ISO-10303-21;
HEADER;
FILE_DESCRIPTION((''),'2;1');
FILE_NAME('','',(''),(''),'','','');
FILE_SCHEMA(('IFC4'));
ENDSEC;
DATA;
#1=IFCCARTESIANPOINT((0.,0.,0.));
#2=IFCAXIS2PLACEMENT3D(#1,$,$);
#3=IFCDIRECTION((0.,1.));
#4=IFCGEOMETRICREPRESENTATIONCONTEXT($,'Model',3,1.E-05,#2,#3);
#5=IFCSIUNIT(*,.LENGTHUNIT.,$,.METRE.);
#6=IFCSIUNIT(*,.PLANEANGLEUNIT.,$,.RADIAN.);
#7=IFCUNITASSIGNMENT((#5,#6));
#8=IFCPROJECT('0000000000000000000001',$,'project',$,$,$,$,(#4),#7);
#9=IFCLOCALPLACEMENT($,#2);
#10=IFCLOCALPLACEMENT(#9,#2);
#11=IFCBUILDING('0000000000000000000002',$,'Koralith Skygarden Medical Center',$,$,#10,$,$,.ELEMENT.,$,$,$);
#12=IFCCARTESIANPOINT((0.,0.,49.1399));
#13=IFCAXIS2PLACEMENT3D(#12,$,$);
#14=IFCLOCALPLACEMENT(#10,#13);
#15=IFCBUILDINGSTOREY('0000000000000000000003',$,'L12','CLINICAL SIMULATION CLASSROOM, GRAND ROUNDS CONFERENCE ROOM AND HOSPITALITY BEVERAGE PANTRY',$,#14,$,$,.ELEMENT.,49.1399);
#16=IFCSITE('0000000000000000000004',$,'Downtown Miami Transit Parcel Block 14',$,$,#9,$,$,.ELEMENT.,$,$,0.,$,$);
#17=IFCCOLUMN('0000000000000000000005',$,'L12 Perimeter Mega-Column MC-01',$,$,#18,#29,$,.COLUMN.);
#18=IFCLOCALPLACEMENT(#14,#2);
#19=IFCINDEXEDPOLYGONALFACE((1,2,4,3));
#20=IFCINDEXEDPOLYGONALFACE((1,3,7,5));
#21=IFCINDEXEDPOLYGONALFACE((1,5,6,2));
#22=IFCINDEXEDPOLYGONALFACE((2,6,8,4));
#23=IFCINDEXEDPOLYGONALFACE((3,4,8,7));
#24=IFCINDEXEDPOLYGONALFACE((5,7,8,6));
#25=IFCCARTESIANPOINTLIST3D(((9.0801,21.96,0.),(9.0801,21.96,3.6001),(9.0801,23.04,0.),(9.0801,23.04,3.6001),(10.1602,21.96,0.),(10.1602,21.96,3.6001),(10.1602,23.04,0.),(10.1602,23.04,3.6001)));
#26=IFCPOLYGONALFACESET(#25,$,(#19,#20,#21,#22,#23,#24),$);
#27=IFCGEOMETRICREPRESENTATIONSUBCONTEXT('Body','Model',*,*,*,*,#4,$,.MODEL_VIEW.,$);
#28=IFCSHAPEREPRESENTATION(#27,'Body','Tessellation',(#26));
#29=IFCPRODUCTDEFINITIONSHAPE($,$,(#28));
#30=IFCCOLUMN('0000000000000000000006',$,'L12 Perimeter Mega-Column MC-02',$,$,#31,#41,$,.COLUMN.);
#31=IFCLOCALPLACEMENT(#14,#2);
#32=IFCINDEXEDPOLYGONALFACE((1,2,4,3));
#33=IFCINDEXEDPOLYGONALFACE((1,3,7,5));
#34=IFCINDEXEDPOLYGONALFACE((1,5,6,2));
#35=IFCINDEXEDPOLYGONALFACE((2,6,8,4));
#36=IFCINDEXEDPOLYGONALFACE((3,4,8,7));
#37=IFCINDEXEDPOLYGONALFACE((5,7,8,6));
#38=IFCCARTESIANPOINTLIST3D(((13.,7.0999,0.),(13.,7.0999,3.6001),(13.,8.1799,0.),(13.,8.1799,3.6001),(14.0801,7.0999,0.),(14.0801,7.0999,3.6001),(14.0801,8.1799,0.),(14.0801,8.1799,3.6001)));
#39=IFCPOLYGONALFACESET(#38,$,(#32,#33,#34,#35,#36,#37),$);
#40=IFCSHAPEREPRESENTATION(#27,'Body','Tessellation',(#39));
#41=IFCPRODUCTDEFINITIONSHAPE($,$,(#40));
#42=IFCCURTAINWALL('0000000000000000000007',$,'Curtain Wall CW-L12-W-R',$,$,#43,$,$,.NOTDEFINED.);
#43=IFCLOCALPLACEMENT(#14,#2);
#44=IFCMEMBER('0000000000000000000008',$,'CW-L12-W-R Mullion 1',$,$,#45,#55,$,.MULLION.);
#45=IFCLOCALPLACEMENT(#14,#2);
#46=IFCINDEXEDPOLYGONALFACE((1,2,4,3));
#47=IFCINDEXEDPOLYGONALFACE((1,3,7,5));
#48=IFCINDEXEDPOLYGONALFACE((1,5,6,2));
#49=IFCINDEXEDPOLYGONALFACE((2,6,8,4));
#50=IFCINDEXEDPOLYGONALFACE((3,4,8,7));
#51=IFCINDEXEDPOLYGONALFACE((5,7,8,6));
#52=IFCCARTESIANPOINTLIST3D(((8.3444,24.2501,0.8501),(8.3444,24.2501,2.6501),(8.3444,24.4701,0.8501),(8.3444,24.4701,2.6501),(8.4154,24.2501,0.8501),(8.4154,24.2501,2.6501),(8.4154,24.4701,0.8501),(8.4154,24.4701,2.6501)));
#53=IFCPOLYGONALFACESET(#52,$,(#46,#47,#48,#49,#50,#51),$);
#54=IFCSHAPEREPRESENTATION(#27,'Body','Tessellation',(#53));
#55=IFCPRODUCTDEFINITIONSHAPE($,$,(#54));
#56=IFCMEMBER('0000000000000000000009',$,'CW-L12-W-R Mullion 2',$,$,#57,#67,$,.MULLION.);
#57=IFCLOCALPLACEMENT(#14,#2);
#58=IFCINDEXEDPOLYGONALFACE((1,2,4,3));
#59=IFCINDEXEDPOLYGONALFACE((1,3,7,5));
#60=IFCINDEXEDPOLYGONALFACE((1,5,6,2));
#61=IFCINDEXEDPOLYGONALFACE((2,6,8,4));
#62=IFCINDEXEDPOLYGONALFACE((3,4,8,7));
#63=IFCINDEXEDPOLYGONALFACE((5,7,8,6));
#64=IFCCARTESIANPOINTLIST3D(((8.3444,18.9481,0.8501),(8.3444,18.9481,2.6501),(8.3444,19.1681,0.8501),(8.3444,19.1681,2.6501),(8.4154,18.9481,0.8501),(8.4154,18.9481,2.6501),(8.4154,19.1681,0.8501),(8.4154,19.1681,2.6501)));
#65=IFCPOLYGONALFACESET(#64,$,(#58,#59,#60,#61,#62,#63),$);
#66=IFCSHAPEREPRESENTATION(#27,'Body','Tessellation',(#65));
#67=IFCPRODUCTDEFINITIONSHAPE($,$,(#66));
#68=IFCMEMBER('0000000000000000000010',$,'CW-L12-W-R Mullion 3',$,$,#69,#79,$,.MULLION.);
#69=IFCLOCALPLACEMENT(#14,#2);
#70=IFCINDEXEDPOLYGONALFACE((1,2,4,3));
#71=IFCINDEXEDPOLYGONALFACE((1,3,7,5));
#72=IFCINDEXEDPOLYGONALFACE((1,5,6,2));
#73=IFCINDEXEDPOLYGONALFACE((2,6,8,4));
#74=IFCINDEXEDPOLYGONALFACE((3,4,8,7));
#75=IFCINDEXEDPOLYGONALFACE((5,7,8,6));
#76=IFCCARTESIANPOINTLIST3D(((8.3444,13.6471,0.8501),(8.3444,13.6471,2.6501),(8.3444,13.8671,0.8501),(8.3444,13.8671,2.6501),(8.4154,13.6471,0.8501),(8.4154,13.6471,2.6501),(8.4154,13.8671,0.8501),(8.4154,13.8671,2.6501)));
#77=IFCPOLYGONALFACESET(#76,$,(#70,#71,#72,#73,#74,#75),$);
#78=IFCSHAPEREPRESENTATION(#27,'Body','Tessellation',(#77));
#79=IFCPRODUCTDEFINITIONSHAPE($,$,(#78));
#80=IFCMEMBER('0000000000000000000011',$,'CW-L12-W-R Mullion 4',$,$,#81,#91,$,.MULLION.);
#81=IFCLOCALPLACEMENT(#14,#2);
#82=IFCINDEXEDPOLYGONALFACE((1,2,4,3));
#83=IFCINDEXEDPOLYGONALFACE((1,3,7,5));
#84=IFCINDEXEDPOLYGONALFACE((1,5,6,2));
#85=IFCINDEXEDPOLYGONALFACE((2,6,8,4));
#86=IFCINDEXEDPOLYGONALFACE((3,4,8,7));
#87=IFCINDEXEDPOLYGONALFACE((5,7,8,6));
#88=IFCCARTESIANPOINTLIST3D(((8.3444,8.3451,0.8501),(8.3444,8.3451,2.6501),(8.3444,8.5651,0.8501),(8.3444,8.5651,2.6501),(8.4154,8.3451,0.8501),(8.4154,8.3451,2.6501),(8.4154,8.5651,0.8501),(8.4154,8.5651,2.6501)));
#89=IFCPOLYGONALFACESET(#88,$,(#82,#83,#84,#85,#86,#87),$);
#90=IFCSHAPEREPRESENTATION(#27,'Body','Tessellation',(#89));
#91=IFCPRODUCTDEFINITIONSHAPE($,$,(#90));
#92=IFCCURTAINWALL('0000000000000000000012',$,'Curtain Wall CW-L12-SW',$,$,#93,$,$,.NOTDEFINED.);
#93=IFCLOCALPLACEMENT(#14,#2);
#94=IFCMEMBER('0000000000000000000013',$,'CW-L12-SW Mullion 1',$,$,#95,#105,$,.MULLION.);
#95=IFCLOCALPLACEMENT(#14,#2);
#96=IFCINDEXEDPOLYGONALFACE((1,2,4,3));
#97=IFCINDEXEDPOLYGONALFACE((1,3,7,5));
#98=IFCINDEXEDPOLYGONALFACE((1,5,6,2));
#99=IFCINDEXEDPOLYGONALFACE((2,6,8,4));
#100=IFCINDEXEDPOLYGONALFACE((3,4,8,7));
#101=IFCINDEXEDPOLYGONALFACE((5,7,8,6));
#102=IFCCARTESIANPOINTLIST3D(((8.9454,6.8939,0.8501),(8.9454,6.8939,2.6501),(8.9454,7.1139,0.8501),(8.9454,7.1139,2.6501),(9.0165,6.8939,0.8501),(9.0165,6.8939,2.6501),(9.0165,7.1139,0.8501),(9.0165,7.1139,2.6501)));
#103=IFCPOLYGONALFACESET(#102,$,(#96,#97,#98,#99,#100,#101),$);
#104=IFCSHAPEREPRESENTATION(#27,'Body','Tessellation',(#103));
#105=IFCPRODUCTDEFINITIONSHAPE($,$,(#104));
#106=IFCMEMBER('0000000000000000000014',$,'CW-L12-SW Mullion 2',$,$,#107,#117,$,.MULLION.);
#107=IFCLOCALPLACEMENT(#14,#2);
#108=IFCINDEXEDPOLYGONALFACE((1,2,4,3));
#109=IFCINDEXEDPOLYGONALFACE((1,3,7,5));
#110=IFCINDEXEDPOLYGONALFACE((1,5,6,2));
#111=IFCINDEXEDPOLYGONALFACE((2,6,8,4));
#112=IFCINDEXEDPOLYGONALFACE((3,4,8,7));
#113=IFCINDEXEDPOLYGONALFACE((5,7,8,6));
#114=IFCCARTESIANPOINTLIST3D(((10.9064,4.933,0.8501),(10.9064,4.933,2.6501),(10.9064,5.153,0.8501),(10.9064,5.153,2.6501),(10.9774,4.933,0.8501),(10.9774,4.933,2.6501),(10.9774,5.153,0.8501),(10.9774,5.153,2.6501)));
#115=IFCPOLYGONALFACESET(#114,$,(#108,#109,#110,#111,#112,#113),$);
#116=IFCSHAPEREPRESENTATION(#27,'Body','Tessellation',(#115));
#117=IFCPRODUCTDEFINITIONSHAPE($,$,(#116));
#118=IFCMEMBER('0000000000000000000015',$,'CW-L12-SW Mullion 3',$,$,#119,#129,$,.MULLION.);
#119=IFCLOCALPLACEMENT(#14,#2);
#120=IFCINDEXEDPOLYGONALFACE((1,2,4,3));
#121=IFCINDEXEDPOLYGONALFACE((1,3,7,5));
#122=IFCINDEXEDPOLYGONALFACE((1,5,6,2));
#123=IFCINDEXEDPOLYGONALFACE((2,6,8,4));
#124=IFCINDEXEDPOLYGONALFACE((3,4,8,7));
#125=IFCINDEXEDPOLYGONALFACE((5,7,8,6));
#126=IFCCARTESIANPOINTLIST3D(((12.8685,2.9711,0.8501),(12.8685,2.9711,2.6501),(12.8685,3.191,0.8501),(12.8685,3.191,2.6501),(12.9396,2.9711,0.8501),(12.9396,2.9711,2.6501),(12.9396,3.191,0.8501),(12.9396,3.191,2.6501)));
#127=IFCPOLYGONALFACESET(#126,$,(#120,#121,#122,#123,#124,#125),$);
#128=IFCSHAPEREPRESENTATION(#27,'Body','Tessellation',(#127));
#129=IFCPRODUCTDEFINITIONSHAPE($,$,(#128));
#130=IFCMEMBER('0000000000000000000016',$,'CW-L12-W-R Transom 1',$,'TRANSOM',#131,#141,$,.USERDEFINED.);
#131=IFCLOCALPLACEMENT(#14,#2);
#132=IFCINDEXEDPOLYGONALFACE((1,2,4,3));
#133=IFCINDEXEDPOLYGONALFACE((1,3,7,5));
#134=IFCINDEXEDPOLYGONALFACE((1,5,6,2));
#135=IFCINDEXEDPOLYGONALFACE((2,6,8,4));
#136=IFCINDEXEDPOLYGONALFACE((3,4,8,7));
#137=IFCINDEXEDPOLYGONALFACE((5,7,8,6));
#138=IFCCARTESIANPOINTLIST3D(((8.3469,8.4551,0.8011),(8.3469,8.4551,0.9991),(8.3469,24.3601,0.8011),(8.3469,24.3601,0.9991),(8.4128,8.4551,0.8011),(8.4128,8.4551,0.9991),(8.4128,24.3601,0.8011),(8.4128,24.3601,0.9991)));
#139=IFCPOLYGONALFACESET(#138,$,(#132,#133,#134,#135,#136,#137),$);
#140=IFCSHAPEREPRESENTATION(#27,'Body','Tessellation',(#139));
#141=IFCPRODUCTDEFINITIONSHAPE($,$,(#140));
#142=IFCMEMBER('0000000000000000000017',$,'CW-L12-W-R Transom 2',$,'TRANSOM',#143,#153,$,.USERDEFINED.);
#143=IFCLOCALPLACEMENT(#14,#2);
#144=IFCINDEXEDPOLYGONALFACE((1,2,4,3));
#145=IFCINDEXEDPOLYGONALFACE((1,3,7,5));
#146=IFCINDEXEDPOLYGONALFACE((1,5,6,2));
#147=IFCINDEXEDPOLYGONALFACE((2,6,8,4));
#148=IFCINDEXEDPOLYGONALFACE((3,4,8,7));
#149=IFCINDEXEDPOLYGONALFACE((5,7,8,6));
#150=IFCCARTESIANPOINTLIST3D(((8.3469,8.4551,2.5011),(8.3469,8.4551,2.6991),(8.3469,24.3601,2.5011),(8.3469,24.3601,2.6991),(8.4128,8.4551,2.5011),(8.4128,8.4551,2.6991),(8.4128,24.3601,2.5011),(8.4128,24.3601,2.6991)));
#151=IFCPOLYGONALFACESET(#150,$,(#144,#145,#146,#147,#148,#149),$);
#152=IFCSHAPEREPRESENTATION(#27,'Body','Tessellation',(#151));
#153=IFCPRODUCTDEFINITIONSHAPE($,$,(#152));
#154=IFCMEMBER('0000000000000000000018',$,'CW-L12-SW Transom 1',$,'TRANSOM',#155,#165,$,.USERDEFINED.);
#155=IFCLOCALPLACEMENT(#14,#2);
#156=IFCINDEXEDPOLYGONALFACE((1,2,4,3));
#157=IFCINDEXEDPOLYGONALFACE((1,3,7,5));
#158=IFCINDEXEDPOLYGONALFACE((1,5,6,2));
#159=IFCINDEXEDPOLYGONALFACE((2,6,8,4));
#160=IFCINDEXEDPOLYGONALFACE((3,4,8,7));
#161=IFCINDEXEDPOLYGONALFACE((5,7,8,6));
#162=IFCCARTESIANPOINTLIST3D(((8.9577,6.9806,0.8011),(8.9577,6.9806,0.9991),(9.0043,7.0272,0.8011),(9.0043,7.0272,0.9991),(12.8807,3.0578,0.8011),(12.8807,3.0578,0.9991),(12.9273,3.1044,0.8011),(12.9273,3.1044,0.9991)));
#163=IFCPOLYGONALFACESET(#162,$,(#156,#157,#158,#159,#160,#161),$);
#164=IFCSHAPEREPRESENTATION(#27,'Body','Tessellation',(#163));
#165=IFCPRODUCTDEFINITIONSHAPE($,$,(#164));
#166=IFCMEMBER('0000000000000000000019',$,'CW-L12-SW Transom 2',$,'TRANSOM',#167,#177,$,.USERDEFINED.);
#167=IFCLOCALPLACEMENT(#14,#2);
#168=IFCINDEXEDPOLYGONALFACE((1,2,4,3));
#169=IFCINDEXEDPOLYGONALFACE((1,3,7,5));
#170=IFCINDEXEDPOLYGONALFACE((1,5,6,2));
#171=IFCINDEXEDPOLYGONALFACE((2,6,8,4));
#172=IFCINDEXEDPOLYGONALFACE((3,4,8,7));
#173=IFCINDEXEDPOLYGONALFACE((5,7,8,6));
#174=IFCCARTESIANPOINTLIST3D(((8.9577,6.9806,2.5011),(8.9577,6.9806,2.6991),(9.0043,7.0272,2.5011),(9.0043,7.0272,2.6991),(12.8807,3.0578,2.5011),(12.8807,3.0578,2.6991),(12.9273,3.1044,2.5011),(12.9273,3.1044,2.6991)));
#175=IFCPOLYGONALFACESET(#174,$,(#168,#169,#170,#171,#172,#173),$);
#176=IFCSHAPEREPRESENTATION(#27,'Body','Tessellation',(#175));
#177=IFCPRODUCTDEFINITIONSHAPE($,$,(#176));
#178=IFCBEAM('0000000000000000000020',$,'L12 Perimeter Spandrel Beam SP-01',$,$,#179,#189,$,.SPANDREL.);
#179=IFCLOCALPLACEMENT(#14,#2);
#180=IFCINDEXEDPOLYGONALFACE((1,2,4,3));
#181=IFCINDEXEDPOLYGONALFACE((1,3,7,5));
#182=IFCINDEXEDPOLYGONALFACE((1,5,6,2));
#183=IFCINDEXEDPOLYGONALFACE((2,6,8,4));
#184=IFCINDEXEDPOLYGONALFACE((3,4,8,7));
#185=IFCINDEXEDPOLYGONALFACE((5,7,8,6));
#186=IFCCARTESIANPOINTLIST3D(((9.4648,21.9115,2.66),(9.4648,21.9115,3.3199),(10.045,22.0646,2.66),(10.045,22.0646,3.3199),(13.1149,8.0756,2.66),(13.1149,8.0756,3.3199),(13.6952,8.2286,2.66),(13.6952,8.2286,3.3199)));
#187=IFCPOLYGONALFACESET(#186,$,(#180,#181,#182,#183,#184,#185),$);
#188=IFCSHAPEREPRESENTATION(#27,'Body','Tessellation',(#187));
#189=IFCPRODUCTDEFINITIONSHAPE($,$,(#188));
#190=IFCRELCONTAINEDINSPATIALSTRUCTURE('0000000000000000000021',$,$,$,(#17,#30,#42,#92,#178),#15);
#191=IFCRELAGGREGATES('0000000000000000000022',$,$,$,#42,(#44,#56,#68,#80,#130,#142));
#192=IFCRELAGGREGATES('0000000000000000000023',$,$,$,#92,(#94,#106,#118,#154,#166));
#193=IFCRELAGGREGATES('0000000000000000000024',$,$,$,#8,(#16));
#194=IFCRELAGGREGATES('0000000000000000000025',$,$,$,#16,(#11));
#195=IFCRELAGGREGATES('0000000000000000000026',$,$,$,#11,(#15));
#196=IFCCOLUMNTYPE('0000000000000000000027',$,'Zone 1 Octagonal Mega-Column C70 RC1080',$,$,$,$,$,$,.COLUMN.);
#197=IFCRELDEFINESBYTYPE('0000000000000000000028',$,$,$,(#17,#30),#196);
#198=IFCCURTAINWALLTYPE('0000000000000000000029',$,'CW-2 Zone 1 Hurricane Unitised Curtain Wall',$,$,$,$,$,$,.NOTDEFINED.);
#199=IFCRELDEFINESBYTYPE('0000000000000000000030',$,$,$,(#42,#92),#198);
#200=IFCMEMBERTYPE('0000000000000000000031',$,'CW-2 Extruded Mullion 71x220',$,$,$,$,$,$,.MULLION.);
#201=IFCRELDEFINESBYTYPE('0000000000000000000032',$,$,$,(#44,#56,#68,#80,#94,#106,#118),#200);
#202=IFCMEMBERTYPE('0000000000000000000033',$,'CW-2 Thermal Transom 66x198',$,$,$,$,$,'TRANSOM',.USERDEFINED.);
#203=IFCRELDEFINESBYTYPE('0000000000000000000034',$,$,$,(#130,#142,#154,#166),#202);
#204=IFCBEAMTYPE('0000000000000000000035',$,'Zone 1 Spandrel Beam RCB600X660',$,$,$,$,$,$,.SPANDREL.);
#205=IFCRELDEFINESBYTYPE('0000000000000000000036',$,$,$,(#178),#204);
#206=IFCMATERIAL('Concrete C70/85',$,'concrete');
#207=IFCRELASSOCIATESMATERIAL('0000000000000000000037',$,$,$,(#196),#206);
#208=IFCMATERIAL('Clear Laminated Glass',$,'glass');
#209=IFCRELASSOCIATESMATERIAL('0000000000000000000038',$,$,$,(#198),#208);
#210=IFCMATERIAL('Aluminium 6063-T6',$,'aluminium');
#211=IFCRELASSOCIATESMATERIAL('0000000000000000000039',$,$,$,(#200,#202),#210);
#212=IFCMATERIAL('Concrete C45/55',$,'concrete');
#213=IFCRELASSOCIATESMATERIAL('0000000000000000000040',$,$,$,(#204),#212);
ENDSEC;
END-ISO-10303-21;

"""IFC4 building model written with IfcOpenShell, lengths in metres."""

from ifc_helpers import new_model, si_unit, direction, frame, origin, origin_2d, place, context, subcontext, project, spatial, rectangle, extrude, material, material_profile, profile_set, type_object, element, aggregate, save


model = new_model("IFC4")

# Units and contexts
model_context = context("Model", 3, precision=1e-05, world=origin(), true_north=direction((0.0, 1.0)))
body_context = subcontext(model_context, "Body", "Model", "MODEL_VIEW")
ifc_project = project(units=[si_unit("LENGTHUNIT", "METRE"), si_unit("PLANEANGLEUNIT", "RADIAN")], contexts=[model_context])

# Site, building, storey
site_placement = place(None, origin())
site = spatial("IfcSite", under=ifc_project, at=site_placement, Name="Downtown Miami Transit Parcel Block 14", CompositionType="ELEMENT", RefElevation=0.0)
building_placement = place(site_placement, origin())
building = spatial("IfcBuilding", under=site, at=building_placement, Name="Koralith Skygarden Medical Center", CompositionType="ELEMENT")
storey_placement = place(building_placement, frame((0.0, 0.0, 49.1399)))
storey = spatial("IfcBuildingStorey", under=building, at=storey_placement, Name="L12", Description="CLINICAL SIMULATION CLASSROOM, GRAND ROUNDS CONFERENCE ROOM AND HOSPITALITY BEVERAGE PANTRY", CompositionType="ELEMENT", Elevation=49.1399)

# Columns
ifc_material_1 = material(Name="Concrete C70/85", Category="concrete")
ifc_material_profile_1 = material_profile(ifc_material_1, rectangle(XDim=1.0801, YDim=1.0801, at=origin_2d()), Name="RC1080X1080")
ifc_profile_set_1 = profile_set([ifc_material_profile_1], Name="Concrete C70/85")
column_type = type_object("IfcColumnType", Name="Zone 1 Octagonal Mega-Column C70 RC1080", PredefinedType="COLUMN", material=ifc_profile_set_1)
for number, where, z_axis, x_axis, name in (
    (1, (9.6201, 22.5, 0.0), (0.0, 0.0, 1.0), (1.0, 0.0, 0.0), "L12 Perimeter Mega-Column MC-01"),
    (2, (13.54, 7.6399, 0.0), (0.0, 0.0, 1.0), (1.0, 0.0, 0.0), "L12 Perimeter Mega-Column MC-02"),
):
    element("IfcColumn", number, at=place(storey_placement, frame(where, z_axis=z_axis, x_axis=x_axis)), inside=storey, type_object=column_type, Name=name, PredefinedType="COLUMN", context=body_context, shape_type="SweptSolid", body=[
        extrude(rectangle(XDim=1.0801, YDim=1.0801, at=origin_2d()), origin(), (0.0, 0.0, 1.0), 3.6001),
    ])

# Curtain walls, members
ifc_material_2 = material(Name="Clear Laminated Glass", Category="glass")
curtain_wall_type = type_object("IfcCurtainWallType", Name="CW-2 Zone 1 Hurricane Unitised Curtain Wall", PredefinedType="NOTDEFINED", material=ifc_material_2)
curtain_wall_1_placement = place(storey_placement, origin())
curtain_wall_1 = element("IfcCurtainWall", 3, at=curtain_wall_1_placement, inside=storey, type_object=curtain_wall_type, Name="Curtain Wall CW-L12-W-R", PredefinedType="NOTDEFINED")
ifc_material_3 = material(Name="Aluminium 6063-T6", Category="aluminium")
ifc_material_profile_2 = material_profile(ifc_material_3, rectangle(XDim=0.071, YDim=0.22, at=origin_2d()), Name="MUL71X220")
ifc_profile_set_2 = profile_set([ifc_material_profile_2], Name="Aluminium 6063-T6")
member_type_1 = type_object("IfcMemberType", Name="CW-2 Extruded Mullion 71x220", PredefinedType="MULLION", material=ifc_profile_set_2)
member_1_placement = place(storey_placement, frame((8.3799, 24.3601, 0.8501), z_axis=(0.0, 0.0, 1.0), x_axis=(1.0, 0.0, 0.0)))
member_1 = element("IfcMember", 4, at=member_1_placement, type_object=member_type_1, Name="CW-L12-W-R Mullion 1", PredefinedType="MULLION", context=body_context, shape_type="SweptSolid", body=[
    extrude(rectangle(XDim=0.071, YDim=0.22, at=origin_2d()), origin(), (0.0, 0.0, 1.0), 1.8),
])
member_2_placement = place(storey_placement, frame((8.3799, 19.0581, 0.8501), z_axis=(0.0, 0.0, 1.0), x_axis=(1.0, 0.0, 0.0)))
member_2 = element("IfcMember", 5, at=member_2_placement, type_object=member_type_1, Name="CW-L12-W-R Mullion 2", PredefinedType="MULLION", context=body_context, shape_type="SweptSolid", body=[
    extrude(rectangle(XDim=0.071, YDim=0.22, at=origin_2d()), origin(), (0.0, 0.0, 1.0), 1.8),
])
member_3_placement = place(storey_placement, frame((8.3799, 13.7571, 0.8501), z_axis=(0.0, 0.0, 1.0), x_axis=(1.0, 0.0, 0.0)))
member_3 = element("IfcMember", 6, at=member_3_placement, type_object=member_type_1, Name="CW-L12-W-R Mullion 3", PredefinedType="MULLION", context=body_context, shape_type="SweptSolid", body=[
    extrude(rectangle(XDim=0.071, YDim=0.22, at=origin_2d()), origin(), (0.0, 0.0, 1.0), 1.8),
])
member_4_placement = place(storey_placement, frame((8.3799, 8.4551, 0.8501), z_axis=(0.0, 0.0, 1.0), x_axis=(1.0, 0.0, 0.0)))
member_4 = element("IfcMember", 7, at=member_4_placement, type_object=member_type_1, Name="CW-L12-W-R Mullion 4", PredefinedType="MULLION", context=body_context, shape_type="SweptSolid", body=[
    extrude(rectangle(XDim=0.071, YDim=0.22, at=origin_2d()), origin(), (0.0, 0.0, 1.0), 1.8),
])
curtain_wall_2_placement = place(storey_placement, origin())
curtain_wall_2 = element("IfcCurtainWall", 8, at=curtain_wall_2_placement, inside=storey, type_object=curtain_wall_type, Name="Curtain Wall CW-L12-SW", PredefinedType="NOTDEFINED")
member_5_placement = place(storey_placement, frame((8.981, 7.0039, 0.8501), z_axis=(0.0, 0.0, 1.0), x_axis=(1.0, 0.0, 0.0)))
member_5 = element("IfcMember", 9, at=member_5_placement, type_object=member_type_1, Name="CW-L12-SW Mullion 1", PredefinedType="MULLION", context=body_context, shape_type="SweptSolid", body=[
    extrude(rectangle(XDim=0.071, YDim=0.22, at=origin_2d()), origin(), (0.0, 0.0, 1.0), 1.8),
])
member_6_placement = place(storey_placement, frame((10.9419, 5.043, 0.8501), z_axis=(0.0, 0.0, 1.0), x_axis=(1.0, 0.0, 0.0)))
member_6 = element("IfcMember", 10, at=member_6_placement, type_object=member_type_1, Name="CW-L12-SW Mullion 2", PredefinedType="MULLION", context=body_context, shape_type="SweptSolid", body=[
    extrude(rectangle(XDim=0.071, YDim=0.22, at=origin_2d()), origin(), (0.0, 0.0, 1.0), 1.8),
])
member_7_placement = place(storey_placement, frame((12.9041, 3.0811, 0.8501), z_axis=(0.0, 0.0, 1.0), x_axis=(1.0, 0.0, 0.0)))
member_7 = element("IfcMember", 11, at=member_7_placement, type_object=member_type_1, Name="CW-L12-SW Mullion 3", PredefinedType="MULLION", context=body_context, shape_type="SweptSolid", body=[
    extrude(rectangle(XDim=0.071, YDim=0.22, at=origin_2d()), origin(), (0.0, 0.0, 1.0), 1.8),
])

# Members
ifc_material_profile_3 = material_profile(ifc_material_3, rectangle(XDim=0.0659, YDim=0.198, at=origin_2d()), Name="TRN66X198")
ifc_profile_set_3 = profile_set([ifc_material_profile_3], Name="Aluminium 6063-T6")
member_type_2 = type_object("IfcMemberType", Name="CW-2 Thermal Transom 66x198", ElementType="TRANSOM", PredefinedType="USERDEFINED", material=ifc_profile_set_3)
member_8_placement = place(storey_placement, frame((8.3799, 24.3601, 0.9001), z_axis=(0.0, -1.0, 0.0), x_axis=(1.0, 0.0, 0.0)))
member_8 = element("IfcMember", 12, at=member_8_placement, type_object=member_type_2, Name="CW-L12-W-R Transom 1", ObjectType="TRANSOM", PredefinedType="USERDEFINED", context=body_context, shape_type="SweptSolid", body=[
    extrude(rectangle(XDim=0.0659, YDim=0.198, at=origin_2d()), origin(), (0.0, 0.0, 1.0), 15.905),
])
member_9_placement = place(storey_placement, frame((8.3799, 24.3601, 2.6001), z_axis=(0.0, -1.0, 0.0), x_axis=(1.0, 0.0, 0.0)))
member_9 = element("IfcMember", 13, at=member_9_placement, type_object=member_type_2, Name="CW-L12-W-R Transom 2", ObjectType="TRANSOM", PredefinedType="USERDEFINED", context=body_context, shape_type="SweptSolid", body=[
    extrude(rectangle(XDim=0.0659, YDim=0.198, at=origin_2d()), origin(), (0.0, 0.0, 1.0), 15.905),
])
member_10_placement = place(storey_placement, frame((8.981, 7.0039, 0.9001), z_axis=(0.707129, -0.707085, 0.0), x_axis=(0.707085, 0.707129, 0.0)))
member_10 = element("IfcMember", 14, at=member_10_placement, type_object=member_type_2, Name="CW-L12-SW Transom 1", ObjectType="TRANSOM", PredefinedType="USERDEFINED", context=body_context, shape_type="SweptSolid", body=[
    extrude(rectangle(XDim=0.0659, YDim=0.198, at=origin_2d()), origin(), (0.0, 0.0, 1.0), 5.5479),
])
member_11_placement = place(storey_placement, frame((8.981, 7.0039, 2.6001), z_axis=(0.707129, -0.707085, 0.0), x_axis=(0.707085, 0.707129, 0.0)))
member_11 = element("IfcMember", 15, at=member_11_placement, type_object=member_type_2, Name="CW-L12-SW Transom 2", ObjectType="TRANSOM", PredefinedType="USERDEFINED", context=body_context, shape_type="SweptSolid", body=[
    extrude(rectangle(XDim=0.0659, YDim=0.198, at=origin_2d()), origin(), (0.0, 0.0, 1.0), 5.5479),
])

# Beam
ifc_material_4 = material(Name="Concrete C45/55", Category="concrete")
ifc_material_profile_4 = material_profile(ifc_material_4, rectangle(XDim=0.6001, YDim=0.6599, at=origin_2d()), Name="RCB600X660")
ifc_profile_set_4 = profile_set([ifc_material_profile_4], Name="Concrete C45/55")
beam_type = type_object("IfcBeamType", Name="Zone 1 Spandrel Beam RCB600X660", PredefinedType="SPANDREL", material=ifc_profile_set_4)
beam_1_placement = place(storey_placement, frame((9.7549, 21.988, 2.99), z_axis=(0.255089, -0.966918, 0.0), x_axis=(0.966918, 0.255089, 0.0)))
element("IfcBeam", 16, at=beam_1_placement, inside=storey, type_object=beam_type, Name="L12 Perimeter Spandrel Beam SP-01", PredefinedType="SPANDREL", context=body_context, shape_type="SweptSolid", body=[
    extrude(rectangle(XDim=0.6001, YDim=0.6599, at=origin_2d()), origin(), (0.0, 0.0, 1.0), 14.3093),
])

aggregate(curtain_wall_1, [member_1, member_2, member_3, member_4, member_8, member_9])
aggregate(curtain_wall_2, [member_5, member_6, member_7, member_10, member_11])

save(model, "model.ifc")
